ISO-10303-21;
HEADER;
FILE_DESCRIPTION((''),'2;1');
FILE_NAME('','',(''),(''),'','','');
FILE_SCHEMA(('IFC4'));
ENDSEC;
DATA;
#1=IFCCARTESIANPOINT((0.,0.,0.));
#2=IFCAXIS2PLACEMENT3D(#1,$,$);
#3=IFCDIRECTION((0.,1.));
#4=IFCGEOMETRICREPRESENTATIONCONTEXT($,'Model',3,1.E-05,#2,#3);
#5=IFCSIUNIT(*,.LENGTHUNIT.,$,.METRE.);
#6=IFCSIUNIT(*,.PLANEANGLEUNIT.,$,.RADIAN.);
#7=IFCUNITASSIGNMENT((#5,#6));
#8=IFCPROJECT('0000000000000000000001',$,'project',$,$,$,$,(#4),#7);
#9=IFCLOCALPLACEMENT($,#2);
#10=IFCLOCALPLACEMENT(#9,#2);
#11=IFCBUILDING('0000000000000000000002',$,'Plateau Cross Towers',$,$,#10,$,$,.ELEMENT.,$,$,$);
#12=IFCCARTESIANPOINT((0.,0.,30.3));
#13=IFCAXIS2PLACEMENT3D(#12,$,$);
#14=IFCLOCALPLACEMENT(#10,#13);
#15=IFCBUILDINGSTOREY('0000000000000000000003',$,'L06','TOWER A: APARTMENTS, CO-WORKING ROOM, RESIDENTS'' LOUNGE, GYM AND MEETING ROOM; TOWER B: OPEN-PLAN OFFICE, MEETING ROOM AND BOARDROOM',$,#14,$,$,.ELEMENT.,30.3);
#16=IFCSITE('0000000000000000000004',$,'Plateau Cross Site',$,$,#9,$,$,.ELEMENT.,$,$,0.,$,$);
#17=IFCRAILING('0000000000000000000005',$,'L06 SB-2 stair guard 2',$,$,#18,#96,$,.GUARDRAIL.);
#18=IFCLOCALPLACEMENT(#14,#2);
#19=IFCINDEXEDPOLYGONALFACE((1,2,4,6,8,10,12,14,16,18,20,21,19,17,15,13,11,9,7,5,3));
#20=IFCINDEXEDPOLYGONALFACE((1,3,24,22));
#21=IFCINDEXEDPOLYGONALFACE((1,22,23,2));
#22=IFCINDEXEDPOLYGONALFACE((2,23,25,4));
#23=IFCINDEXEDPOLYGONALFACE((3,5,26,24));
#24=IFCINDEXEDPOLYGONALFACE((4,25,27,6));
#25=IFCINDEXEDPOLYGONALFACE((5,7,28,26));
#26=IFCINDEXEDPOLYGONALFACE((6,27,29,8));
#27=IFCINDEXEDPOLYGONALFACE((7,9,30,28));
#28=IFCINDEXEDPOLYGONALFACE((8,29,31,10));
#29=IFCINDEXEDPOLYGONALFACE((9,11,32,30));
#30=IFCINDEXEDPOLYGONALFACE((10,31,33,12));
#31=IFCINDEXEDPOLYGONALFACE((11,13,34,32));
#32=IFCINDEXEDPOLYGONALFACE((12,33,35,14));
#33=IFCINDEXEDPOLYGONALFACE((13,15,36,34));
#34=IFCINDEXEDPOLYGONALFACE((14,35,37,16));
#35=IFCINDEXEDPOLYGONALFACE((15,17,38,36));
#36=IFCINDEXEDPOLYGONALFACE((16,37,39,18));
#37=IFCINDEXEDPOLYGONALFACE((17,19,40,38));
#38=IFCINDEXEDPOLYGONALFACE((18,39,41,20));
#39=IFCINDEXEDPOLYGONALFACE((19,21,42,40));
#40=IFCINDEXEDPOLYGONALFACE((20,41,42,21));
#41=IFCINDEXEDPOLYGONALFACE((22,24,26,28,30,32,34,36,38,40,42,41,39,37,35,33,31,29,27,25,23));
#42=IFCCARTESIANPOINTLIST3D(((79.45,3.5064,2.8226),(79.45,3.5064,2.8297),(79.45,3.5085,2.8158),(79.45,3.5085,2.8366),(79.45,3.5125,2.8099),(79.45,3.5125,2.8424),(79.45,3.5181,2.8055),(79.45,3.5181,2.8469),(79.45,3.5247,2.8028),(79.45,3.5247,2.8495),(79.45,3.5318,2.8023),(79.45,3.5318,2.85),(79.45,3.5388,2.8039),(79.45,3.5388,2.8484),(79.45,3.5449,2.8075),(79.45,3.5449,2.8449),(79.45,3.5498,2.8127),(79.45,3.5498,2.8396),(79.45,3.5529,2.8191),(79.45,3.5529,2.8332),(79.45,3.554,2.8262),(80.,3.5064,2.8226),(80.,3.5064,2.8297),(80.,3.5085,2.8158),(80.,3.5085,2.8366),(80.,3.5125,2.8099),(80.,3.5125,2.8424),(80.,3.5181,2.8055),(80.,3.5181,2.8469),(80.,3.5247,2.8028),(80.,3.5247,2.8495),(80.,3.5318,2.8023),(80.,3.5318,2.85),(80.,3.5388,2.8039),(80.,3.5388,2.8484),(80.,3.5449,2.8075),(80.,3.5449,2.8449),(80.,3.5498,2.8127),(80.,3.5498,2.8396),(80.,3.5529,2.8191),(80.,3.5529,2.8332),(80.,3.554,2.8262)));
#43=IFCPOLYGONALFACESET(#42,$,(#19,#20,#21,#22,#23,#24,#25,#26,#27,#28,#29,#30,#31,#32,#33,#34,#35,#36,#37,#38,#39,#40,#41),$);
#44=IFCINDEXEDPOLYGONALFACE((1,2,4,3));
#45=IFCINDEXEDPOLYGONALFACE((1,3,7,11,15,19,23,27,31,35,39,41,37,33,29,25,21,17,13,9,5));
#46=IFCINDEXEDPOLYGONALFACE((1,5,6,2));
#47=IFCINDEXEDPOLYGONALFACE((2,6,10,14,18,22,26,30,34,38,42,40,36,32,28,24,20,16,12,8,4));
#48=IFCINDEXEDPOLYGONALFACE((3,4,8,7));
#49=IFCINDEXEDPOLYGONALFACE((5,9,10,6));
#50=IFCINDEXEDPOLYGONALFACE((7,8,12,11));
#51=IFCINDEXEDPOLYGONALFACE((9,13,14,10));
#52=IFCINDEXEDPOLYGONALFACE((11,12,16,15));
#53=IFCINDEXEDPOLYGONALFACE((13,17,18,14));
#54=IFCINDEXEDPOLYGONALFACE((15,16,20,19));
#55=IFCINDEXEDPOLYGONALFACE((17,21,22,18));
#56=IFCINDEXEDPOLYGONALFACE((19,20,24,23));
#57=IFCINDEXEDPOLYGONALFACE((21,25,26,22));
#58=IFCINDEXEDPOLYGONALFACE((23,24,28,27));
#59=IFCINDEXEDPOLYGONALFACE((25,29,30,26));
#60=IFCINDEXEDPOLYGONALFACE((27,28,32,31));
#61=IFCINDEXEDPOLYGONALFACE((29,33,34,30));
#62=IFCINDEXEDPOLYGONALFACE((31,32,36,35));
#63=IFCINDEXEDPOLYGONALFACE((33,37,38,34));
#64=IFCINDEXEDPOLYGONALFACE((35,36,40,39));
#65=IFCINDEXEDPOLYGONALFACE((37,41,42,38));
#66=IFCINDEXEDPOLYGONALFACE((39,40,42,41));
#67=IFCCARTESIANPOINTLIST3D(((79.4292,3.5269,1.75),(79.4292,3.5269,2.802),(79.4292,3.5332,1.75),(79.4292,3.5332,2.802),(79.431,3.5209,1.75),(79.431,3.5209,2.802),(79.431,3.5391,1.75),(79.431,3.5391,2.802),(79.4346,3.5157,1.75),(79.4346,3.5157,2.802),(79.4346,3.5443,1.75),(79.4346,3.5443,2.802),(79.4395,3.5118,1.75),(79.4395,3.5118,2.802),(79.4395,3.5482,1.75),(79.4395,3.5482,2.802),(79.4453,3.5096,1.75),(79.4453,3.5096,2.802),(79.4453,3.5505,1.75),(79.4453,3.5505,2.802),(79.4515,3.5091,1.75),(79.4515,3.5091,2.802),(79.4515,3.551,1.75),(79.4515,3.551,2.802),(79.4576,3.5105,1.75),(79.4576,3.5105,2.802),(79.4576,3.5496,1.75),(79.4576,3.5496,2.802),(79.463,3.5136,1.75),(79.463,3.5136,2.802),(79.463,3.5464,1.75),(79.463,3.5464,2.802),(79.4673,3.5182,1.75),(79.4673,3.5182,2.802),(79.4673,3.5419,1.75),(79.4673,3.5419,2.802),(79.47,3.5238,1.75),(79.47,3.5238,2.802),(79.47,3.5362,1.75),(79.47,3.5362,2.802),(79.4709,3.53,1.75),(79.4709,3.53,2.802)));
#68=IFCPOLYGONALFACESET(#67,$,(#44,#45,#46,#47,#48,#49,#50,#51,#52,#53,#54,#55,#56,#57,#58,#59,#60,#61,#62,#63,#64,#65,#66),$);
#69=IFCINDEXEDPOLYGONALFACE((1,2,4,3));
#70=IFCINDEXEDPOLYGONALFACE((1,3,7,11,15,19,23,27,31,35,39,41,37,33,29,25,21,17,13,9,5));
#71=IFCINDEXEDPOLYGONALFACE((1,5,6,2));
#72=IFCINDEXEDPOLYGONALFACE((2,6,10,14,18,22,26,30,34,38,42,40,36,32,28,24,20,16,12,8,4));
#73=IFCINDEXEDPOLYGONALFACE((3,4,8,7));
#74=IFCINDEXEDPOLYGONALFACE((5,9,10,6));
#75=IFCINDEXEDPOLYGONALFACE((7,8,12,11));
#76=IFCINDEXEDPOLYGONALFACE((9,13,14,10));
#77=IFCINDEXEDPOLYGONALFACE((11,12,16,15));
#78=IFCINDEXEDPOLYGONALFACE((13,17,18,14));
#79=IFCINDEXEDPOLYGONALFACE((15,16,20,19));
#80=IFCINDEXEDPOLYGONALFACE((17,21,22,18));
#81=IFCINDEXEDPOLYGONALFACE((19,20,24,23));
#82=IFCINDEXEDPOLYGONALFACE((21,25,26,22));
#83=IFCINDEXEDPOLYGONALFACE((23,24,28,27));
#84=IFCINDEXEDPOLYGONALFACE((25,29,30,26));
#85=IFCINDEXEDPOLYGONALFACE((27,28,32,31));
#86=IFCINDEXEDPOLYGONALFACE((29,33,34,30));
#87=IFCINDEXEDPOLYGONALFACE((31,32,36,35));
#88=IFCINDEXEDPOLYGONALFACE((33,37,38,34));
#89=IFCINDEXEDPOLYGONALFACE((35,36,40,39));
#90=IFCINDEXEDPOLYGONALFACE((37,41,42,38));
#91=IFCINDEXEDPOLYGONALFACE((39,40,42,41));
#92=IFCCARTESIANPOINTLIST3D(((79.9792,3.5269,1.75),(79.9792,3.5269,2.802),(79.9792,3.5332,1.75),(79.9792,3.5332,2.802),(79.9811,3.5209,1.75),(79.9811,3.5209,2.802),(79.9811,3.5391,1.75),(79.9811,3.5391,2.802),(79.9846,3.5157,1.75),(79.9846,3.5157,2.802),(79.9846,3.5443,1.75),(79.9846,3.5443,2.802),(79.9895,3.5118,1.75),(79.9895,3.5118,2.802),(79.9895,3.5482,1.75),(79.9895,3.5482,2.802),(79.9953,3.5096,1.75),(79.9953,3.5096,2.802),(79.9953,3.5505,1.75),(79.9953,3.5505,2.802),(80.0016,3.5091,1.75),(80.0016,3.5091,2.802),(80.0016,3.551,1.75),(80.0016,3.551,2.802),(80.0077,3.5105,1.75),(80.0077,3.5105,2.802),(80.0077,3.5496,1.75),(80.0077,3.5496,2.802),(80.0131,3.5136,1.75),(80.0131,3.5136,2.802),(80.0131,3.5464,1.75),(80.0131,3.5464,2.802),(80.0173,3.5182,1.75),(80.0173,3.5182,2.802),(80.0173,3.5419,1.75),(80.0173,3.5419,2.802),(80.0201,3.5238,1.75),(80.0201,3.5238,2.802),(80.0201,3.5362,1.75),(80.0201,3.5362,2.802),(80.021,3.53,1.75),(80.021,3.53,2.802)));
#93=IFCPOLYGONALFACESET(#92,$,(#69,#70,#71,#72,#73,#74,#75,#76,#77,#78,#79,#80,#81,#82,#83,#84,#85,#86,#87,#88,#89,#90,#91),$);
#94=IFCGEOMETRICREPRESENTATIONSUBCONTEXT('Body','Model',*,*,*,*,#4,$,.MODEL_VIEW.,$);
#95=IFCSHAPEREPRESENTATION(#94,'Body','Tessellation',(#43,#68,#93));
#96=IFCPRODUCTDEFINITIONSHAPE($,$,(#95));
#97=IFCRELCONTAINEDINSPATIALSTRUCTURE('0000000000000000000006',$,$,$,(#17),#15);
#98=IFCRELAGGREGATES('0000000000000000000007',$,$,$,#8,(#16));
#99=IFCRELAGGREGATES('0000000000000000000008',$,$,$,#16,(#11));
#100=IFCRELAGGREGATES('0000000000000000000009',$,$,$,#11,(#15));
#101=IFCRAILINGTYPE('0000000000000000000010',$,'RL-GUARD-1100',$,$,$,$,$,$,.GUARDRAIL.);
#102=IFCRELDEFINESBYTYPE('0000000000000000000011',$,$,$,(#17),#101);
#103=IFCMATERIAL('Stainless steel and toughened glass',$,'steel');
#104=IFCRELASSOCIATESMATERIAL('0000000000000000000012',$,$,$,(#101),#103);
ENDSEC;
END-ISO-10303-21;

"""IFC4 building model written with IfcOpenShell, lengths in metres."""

from ifc_helpers import new_model, si_unit, direction, frame, origin, origin_2d, place, context, subcontext, project, spatial, circle, extrude, material, type_object, element, save


model = new_model("IFC4")

# Units and contexts
model_context = context("Model", 3, precision=1e-05, world=origin(), true_north=direction((0.0, 1.0)))
body_context = subcontext(model_context, "Body", "Model", "MODEL_VIEW")
ifc_project = project(units=[si_unit("LENGTHUNIT", "METRE"), si_unit("PLANEANGLEUNIT", "RADIAN")], contexts=[model_context])

# Site, building, storey
site_placement = place(None, origin())
site = spatial("IfcSite", under=ifc_project, at=site_placement, Name="Plateau Cross Site", CompositionType="ELEMENT", RefElevation=0.0)
building_placement = place(site_placement, origin())
building = spatial("IfcBuilding", under=site, at=building_placement, Name="Plateau Cross Towers", CompositionType="ELEMENT")
storey_placement = place(building_placement, frame((0.0, 0.0, 30.3)))
storey = spatial("IfcBuildingStorey", under=building, at=storey_placement, Name="L06", Description="TOWER A: APARTMENTS, CO-WORKING ROOM, RESIDENTS' LOUNGE, GYM AND MEETING ROOM; TOWER B: OPEN-PLAN OFFICE, MEETING ROOM AND BOARDROOM", CompositionType="ELEMENT", Elevation=30.3)

# Railing
ifc_material_1 = material(Name="Stainless steel and toughened glass", Category="steel")
railing_type_1 = type_object("IfcRailingType", Name="RL-GUARD-1100", PredefinedType="GUARDRAIL", material=ifc_material_1)
railing_1_placement = place(storey_placement, frame((79.45, 3.53, 1.75)))
element("IfcRailing", 1, at=railing_1_placement, inside=storey, type_object=railing_type_1, Name="L06 SB-2 stair guard 2", PredefinedType="GUARDRAIL", context=body_context, shape_type="SweptSolid", body=[
    extrude(circle(Radius=0.0239, at=origin_2d()), frame((0.0, 0.0, 1.0762), z_axis=(1.0, 0.0, 0.0), x_axis=(0.0, 1.0, 0.0)), (0.0, 0.0, 1.0), 0.55),
    extrude(circle(Radius=0.021, at=origin_2d()), origin(), (0.0, 0.0, 1.0), 1.052),
    extrude(circle(Radius=0.021, at=origin_2d()), frame((0.55, 0.0, 0.0)), (0.0, 0.0, 1.0), 1.052),
])

save(model, "model.ifc")
